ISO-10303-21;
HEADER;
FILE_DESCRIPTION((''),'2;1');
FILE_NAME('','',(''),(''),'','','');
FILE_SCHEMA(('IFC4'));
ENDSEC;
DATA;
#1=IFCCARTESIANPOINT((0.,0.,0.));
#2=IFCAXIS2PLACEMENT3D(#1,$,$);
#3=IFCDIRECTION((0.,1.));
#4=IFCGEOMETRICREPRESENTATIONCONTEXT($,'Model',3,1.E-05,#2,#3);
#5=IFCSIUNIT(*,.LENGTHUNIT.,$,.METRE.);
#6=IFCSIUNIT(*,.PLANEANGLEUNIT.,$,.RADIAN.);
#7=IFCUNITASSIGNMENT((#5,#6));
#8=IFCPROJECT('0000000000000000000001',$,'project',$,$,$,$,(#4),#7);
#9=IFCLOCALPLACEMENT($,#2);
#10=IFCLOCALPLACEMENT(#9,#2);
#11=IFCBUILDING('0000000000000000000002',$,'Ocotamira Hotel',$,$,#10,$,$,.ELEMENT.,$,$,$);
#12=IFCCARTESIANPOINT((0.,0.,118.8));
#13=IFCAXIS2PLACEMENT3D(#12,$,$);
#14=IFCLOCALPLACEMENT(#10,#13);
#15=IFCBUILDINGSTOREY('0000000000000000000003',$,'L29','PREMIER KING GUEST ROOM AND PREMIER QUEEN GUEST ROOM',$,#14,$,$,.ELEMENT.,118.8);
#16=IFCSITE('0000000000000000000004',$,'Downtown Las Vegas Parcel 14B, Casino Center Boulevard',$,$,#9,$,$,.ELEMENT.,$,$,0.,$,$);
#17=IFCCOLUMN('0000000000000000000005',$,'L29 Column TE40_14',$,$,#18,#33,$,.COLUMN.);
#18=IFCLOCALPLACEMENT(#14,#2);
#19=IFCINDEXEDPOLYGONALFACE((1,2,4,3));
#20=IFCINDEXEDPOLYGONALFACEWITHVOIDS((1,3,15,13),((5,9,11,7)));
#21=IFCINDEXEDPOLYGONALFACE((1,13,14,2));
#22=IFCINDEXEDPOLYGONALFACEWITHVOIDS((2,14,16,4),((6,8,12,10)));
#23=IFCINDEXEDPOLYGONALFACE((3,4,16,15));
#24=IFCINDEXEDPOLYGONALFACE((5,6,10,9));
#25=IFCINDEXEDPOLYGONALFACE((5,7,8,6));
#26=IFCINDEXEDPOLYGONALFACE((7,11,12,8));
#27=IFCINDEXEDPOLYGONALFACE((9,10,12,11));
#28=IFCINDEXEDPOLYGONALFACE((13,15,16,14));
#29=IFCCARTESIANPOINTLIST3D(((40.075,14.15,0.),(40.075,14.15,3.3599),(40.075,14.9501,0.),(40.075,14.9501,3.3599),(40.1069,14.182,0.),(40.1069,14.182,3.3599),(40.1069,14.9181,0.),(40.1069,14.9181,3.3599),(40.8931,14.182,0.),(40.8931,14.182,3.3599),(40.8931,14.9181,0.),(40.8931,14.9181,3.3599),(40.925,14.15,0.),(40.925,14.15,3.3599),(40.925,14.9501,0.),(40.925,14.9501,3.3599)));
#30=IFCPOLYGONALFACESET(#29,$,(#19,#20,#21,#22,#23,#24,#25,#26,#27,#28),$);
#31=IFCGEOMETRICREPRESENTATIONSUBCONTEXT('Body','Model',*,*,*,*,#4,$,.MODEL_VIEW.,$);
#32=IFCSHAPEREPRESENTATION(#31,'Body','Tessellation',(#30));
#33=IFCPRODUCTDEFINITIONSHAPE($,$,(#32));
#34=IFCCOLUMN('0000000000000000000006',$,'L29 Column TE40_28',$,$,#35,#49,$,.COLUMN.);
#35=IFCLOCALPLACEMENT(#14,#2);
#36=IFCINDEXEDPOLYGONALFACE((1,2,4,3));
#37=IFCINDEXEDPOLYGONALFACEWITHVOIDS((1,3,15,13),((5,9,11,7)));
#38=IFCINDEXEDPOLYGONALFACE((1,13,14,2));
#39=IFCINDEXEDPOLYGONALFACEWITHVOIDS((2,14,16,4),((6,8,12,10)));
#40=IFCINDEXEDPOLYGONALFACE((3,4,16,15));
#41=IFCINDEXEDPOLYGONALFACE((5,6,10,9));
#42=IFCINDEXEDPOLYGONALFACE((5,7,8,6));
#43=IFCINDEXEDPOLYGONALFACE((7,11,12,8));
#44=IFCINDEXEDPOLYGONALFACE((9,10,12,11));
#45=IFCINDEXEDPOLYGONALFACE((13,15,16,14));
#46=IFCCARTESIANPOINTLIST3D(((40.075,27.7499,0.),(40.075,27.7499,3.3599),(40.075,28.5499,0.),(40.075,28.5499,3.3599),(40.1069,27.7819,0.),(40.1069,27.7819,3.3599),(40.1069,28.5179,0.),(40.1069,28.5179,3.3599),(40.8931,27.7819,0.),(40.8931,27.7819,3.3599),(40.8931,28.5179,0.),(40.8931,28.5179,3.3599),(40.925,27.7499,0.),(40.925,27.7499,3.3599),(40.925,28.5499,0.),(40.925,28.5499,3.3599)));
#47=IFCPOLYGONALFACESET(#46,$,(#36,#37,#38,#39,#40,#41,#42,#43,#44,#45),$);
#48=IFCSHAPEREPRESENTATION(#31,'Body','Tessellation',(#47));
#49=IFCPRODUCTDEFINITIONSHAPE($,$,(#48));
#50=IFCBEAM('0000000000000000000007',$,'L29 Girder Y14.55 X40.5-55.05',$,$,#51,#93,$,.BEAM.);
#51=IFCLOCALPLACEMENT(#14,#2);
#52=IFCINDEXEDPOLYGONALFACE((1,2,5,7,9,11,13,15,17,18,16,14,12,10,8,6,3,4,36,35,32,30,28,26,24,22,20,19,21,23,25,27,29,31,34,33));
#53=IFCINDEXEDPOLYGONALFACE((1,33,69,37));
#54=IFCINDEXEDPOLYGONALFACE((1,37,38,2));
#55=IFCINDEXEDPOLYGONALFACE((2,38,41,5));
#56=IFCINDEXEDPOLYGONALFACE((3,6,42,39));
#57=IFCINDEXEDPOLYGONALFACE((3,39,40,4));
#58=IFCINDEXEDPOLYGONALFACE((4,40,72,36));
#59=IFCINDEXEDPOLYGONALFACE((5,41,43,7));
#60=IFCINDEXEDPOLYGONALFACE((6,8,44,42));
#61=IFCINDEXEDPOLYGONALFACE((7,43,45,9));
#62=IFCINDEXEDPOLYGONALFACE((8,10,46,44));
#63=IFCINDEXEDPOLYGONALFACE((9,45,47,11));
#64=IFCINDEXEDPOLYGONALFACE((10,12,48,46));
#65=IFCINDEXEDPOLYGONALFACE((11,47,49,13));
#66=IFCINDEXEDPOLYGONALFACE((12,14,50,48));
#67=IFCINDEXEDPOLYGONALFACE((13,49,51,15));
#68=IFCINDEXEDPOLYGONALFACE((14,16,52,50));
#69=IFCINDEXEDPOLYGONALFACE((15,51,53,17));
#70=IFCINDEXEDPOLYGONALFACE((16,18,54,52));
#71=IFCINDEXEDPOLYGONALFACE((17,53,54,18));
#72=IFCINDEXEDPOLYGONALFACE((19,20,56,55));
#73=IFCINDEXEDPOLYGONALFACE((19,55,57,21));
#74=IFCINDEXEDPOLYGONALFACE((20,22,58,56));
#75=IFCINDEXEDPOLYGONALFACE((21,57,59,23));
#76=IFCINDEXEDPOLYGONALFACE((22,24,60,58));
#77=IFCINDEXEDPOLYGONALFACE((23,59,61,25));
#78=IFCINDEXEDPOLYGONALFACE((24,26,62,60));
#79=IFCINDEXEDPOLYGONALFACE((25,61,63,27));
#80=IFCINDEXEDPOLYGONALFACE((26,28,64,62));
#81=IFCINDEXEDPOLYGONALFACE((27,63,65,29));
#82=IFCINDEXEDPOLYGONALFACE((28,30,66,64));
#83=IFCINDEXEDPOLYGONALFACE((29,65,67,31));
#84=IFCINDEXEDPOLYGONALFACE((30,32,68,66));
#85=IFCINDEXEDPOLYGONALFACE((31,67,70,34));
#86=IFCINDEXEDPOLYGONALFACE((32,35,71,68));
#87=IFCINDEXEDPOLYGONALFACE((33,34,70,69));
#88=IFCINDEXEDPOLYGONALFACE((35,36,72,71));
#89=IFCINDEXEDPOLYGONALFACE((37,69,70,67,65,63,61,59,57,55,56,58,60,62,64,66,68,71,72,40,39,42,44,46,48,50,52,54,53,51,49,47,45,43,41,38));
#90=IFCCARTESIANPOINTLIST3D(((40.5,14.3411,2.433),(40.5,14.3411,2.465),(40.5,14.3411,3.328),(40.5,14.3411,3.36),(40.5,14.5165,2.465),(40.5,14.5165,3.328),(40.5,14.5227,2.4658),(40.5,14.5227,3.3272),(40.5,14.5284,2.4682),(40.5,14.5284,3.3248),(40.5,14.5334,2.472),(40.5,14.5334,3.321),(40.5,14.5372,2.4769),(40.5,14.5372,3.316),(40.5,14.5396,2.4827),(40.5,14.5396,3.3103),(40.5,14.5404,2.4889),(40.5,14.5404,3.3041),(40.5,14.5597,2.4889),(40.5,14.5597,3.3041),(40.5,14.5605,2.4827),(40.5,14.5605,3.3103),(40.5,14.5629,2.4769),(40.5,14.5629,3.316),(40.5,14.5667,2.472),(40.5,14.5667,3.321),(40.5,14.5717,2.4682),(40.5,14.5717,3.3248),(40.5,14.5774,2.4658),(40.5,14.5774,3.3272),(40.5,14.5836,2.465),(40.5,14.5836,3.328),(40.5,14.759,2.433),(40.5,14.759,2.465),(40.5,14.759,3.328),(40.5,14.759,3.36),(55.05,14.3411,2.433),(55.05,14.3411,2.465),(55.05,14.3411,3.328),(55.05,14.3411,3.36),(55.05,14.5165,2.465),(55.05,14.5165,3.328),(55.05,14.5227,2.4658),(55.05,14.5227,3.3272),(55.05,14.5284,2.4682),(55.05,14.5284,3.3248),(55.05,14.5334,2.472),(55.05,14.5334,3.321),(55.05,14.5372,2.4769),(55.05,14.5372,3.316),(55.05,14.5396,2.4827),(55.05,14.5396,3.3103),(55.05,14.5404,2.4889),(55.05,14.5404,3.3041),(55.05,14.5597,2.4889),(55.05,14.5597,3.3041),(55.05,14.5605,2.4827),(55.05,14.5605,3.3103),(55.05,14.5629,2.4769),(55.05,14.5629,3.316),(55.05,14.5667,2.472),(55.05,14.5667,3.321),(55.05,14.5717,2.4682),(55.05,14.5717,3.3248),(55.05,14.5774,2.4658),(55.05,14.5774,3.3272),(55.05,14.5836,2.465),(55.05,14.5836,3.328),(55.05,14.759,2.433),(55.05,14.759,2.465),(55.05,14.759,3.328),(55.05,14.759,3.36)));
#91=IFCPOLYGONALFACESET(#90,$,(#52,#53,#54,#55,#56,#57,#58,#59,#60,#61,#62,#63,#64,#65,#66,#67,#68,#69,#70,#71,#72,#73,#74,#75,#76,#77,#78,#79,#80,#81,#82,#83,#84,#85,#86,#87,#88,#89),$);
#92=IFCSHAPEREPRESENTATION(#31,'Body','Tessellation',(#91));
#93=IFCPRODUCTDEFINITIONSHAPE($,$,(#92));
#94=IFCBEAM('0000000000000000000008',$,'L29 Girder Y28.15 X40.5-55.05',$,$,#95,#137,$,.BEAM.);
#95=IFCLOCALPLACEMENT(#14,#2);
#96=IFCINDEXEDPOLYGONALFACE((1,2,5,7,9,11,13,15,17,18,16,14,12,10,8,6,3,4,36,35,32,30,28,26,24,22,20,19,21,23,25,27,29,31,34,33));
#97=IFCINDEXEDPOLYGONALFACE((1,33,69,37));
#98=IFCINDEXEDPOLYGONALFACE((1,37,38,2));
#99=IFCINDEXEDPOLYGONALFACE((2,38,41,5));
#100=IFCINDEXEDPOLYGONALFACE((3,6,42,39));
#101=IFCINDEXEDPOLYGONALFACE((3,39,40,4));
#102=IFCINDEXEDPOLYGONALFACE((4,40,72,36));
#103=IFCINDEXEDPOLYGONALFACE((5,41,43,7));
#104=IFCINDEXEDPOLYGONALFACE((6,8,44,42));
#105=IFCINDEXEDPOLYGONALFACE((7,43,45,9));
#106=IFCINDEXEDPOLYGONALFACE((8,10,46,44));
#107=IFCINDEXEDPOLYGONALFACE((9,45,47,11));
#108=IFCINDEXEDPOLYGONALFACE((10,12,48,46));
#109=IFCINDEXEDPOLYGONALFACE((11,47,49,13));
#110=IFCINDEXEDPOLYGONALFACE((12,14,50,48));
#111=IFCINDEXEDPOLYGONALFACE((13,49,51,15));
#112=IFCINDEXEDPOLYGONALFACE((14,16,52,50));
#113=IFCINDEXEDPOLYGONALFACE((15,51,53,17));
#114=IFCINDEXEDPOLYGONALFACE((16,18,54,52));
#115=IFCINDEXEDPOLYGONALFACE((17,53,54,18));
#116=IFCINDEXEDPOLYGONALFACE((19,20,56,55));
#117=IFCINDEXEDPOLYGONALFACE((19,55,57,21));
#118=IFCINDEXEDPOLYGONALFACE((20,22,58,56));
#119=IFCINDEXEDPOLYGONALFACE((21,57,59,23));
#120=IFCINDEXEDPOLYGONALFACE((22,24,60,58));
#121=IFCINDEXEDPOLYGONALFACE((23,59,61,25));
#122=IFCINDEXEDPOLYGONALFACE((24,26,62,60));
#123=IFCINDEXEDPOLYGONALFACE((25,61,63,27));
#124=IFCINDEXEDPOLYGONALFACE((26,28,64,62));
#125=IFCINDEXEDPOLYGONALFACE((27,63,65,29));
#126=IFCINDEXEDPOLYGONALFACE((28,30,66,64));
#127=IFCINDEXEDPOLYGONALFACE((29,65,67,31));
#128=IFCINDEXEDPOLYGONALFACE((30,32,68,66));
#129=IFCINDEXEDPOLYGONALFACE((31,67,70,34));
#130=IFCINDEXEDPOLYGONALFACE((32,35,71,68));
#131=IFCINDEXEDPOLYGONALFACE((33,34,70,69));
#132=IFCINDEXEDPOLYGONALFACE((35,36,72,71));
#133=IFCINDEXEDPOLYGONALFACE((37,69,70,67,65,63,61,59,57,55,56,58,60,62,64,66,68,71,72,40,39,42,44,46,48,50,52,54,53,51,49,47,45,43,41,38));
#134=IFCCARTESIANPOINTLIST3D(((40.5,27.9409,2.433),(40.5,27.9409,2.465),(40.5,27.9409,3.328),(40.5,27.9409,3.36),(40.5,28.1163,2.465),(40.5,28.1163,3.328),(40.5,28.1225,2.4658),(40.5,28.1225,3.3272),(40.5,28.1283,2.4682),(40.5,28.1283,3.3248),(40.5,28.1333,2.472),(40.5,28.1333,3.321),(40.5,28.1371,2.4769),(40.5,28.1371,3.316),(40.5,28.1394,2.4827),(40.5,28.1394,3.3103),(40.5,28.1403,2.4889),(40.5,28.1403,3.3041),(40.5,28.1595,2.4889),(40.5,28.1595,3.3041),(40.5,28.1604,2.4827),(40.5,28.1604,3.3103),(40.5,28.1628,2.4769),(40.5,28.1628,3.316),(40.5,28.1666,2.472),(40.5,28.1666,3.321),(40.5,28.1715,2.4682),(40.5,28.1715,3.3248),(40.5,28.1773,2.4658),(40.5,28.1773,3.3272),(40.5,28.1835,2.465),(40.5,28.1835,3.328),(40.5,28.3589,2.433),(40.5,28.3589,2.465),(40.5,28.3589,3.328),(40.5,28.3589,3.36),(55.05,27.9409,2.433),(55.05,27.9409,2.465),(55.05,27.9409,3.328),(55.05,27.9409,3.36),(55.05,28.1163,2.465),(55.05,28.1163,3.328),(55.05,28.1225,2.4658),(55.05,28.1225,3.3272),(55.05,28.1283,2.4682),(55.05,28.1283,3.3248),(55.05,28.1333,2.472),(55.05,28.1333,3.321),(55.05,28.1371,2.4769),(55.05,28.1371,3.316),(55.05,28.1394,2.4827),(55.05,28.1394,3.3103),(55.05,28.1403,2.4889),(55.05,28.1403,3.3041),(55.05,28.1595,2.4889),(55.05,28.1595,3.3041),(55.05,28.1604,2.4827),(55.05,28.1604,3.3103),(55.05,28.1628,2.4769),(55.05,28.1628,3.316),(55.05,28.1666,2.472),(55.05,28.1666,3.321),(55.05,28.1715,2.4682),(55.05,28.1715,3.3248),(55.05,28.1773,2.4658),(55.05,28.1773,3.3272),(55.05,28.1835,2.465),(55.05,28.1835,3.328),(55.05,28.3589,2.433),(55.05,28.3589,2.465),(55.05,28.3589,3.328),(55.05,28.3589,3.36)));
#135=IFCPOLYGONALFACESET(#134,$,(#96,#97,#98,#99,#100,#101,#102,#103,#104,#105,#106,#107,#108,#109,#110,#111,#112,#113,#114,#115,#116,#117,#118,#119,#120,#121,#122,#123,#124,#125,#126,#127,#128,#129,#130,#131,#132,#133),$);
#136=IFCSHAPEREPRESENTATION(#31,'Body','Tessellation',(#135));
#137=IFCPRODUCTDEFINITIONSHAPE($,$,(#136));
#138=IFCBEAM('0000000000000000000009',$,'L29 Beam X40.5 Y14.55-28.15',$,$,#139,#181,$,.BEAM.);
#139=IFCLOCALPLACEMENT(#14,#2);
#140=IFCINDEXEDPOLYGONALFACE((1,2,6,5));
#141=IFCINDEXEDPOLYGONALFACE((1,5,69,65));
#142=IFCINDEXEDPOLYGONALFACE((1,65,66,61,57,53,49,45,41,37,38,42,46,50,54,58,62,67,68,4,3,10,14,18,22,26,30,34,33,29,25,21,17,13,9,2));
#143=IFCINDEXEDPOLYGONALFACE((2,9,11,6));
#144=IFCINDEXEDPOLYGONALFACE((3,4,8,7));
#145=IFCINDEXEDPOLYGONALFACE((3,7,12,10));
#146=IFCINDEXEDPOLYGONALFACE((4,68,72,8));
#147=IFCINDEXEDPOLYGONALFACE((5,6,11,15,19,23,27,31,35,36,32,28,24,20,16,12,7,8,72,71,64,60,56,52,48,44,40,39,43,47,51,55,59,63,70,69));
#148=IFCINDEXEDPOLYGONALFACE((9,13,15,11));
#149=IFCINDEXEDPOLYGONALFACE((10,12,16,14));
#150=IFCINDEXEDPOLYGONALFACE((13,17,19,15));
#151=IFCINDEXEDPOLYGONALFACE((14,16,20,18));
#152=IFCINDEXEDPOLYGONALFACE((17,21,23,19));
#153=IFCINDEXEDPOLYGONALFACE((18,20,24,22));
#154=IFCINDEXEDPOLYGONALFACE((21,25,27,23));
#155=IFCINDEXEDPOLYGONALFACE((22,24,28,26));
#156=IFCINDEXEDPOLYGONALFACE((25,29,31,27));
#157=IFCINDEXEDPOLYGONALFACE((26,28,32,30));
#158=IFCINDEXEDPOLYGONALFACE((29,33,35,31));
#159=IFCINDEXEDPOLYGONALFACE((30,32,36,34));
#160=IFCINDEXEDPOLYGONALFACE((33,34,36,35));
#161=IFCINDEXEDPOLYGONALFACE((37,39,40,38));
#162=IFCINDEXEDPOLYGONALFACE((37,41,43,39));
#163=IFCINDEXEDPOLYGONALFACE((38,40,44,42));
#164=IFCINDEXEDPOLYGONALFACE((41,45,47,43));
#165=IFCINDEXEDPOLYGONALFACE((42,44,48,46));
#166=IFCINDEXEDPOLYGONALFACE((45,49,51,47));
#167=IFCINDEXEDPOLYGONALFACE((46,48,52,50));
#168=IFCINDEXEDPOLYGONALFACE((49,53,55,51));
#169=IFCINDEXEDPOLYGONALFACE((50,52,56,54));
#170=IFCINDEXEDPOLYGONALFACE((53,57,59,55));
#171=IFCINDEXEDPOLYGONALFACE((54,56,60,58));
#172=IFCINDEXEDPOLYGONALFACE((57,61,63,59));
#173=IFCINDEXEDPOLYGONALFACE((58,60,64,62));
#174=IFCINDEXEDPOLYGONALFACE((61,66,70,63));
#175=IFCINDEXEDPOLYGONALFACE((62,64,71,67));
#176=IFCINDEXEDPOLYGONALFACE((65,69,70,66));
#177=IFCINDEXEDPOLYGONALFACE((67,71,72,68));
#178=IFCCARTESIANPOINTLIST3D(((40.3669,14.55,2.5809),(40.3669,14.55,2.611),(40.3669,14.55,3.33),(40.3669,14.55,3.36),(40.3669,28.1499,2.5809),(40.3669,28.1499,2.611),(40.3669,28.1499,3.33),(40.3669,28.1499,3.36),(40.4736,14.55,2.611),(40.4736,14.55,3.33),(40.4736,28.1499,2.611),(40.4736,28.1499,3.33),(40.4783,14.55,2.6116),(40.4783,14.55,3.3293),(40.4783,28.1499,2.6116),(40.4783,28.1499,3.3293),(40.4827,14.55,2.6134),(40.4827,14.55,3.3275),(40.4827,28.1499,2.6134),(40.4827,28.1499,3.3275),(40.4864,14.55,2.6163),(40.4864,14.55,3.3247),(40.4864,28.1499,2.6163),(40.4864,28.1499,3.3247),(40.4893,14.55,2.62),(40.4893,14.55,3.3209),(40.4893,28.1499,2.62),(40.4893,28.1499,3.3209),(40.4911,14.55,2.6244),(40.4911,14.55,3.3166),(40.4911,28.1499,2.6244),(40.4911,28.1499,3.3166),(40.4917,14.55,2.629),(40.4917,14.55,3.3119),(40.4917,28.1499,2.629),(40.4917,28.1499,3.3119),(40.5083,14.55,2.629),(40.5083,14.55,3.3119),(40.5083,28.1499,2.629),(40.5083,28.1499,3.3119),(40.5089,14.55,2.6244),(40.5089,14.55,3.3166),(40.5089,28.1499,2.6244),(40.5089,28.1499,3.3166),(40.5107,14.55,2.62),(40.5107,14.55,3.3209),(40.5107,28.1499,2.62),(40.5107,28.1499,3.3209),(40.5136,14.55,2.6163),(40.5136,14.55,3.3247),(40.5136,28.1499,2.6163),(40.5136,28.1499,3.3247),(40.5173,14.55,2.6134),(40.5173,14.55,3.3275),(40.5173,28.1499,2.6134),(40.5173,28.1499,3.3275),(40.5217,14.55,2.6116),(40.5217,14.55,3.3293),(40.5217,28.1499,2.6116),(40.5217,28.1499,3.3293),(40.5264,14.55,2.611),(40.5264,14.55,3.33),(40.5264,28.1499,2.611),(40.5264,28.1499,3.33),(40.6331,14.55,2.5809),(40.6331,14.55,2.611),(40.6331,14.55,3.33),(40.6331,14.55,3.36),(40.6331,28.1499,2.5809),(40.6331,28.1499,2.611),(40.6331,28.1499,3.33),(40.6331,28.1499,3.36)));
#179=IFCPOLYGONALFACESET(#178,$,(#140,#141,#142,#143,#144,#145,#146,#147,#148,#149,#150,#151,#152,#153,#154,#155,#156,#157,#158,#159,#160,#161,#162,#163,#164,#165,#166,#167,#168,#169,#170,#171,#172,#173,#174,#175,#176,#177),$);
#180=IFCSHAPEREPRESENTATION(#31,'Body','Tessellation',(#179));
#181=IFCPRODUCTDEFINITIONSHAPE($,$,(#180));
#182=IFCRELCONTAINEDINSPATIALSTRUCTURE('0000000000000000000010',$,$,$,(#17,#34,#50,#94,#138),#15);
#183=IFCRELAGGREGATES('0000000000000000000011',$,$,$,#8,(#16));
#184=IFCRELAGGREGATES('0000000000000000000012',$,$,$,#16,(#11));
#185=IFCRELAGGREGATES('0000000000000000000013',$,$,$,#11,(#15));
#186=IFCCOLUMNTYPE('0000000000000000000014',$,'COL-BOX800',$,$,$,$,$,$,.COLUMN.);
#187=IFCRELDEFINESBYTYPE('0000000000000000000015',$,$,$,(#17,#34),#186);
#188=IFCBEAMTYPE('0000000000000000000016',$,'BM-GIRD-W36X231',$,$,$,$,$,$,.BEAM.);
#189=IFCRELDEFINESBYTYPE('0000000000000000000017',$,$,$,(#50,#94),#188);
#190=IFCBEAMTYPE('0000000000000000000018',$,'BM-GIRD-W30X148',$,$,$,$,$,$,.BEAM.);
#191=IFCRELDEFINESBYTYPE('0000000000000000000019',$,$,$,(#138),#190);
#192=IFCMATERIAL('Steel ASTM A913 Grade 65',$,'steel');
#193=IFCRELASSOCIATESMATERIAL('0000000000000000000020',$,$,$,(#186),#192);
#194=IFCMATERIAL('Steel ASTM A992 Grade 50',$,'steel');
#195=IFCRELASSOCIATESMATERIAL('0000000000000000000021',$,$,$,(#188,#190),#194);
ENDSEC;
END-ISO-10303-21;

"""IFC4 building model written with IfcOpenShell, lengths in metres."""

from ifc_helpers import new_model, si_unit, direction, frame, origin, origin_2d, place, context, subcontext, project, spatial, hollow_rectangle, i_section, extrude, source, transform, mapped, material, material_profile, profile_set, type_object, element, save


model = new_model("IFC4")

# Units and contexts
model_context = context("Model", 3, precision=1e-05, world=origin(), true_north=direction((0.0, 1.0)))
body_context = subcontext(model_context, "Body", "Model", "MODEL_VIEW")
ifc_project = project(units=[si_unit("LENGTHUNIT", "METRE"), si_unit("PLANEANGLEUNIT", "RADIAN")], contexts=[model_context])

# Site, building, storey
site_placement = place(None, origin())
site = spatial("IfcSite", under=ifc_project, at=site_placement, Name="Downtown Las Vegas Parcel 14B, Casino Center Boulevard", CompositionType="ELEMENT", RefElevation=0.0)
building_placement = place(site_placement, origin())
building = spatial("IfcBuilding", under=site, at=building_placement, Name="Ocotamira Hotel", CompositionType="ELEMENT")
storey_placement = place(building_placement, frame((0.0, 0.0, 118.8)))
storey = spatial("IfcBuildingStorey", under=building, at=storey_placement, Name="L29", Description="PREMIER KING GUEST ROOM AND PREMIER QUEEN GUEST ROOM", CompositionType="ELEMENT", Elevation=118.8)

# Columns
ifc_material_1 = material(Name="Steel ASTM A913 Grade 65", Category="steel")
ifc_material_profile_1 = material_profile(ifc_material_1, hollow_rectangle(XDim=0.8501, YDim=0.8, WallThickness=0.032, at=origin_2d()), Name="BOX800X850X32")
ifc_profile_set_1 = profile_set([ifc_material_profile_1], Name="Steel ASTM A913 Grade 65")
column_type = type_object("IfcColumnType", Name="COL-BOX800", PredefinedType="COLUMN", material=ifc_profile_set_1)
shared_shape_1 = source(origin(), body_context, "Body", "SweptSolid", [
    extrude(hollow_rectangle(XDim=0.8501, YDim=0.8, WallThickness=0.032, at=origin_2d()), origin(), (0.0, 0.0, 1.0), 3.3599),
])
for number, where, z_axis, x_axis, name in (
    (1, (40.5, 14.55, 0.0), (0.0, 0.0, 1.0), (1.0, 0.0, 0.0), "L29 Column TE40_14"),
    (2, (40.5, 28.1499, 0.0), (0.0, 0.0, 1.0), (1.0, 0.0, 0.0), "L29 Column TE40_28"),
):
    element("IfcColumn", number, at=place(storey_placement, frame(where, z_axis=z_axis, x_axis=x_axis)), inside=storey, type_object=column_type, Name=name, PredefinedType="COLUMN", context=body_context, shape_type="MappedRepresentation", body=[
        mapped(shared_shape_1, transform((0.0, 0.0, 0.0), scale=1.0)),
    ])

# Beams
ifc_material_2 = material(Name="Steel ASTM A992 Grade 50", Category="steel")
ifc_material_profile_2 = material_profile(ifc_material_2, i_section(OverallWidth=0.418, OverallDepth=0.927, WebThickness=0.0193, FlangeThickness=0.032, FilletRadius=0.0239, at=origin_2d()), Name="W36X231")
ifc_profile_set_2 = profile_set([ifc_material_profile_2], Name="Steel ASTM A992 Grade 50")
beam_type_1 = type_object("IfcBeamType", Name="BM-GIRD-W36X231", PredefinedType="BEAM", material=ifc_profile_set_2)
shared_shape_2 = source(origin(), body_context, "Body", "SweptSolid", [
    extrude(i_section(OverallWidth=0.418, OverallDepth=0.927, WebThickness=0.0193, FlangeThickness=0.032, FilletRadius=0.0239, at=origin_2d()), origin(), (0.0, 0.0, 1.0), 14.55),
])
for number, where, z_axis, x_axis, name in (
    (3, (40.5, 14.55, 2.8965), (1.0, 0.0, 0.0), (0.0, 1.0, 0.0), "L29 Girder Y14.55 X40.5-55.05"),
    (4, (40.5, 28.1499, 2.8965), (1.0, 0.0, 0.0), (0.0, 1.0, 0.0), "L29 Girder Y28.15 X40.5-55.05"),
):
    element("IfcBeam", number, at=place(storey_placement, frame(where, z_axis=z_axis, x_axis=x_axis)), inside=storey, type_object=beam_type_1, Name=name, PredefinedType="BEAM", context=body_context, shape_type="MappedRepresentation", body=[
        mapped(shared_shape_2, transform((0.0, 0.0, 0.0), scale=1.0)),
    ])
ifc_material_profile_3 = material_profile(ifc_material_2, i_section(OverallWidth=0.2661, OverallDepth=0.7791, WebThickness=0.0166, FlangeThickness=0.03, FilletRadius=0.0181, at=origin_2d()), Name="W30X148")
ifc_profile_set_3 = profile_set([ifc_material_profile_3], Name="Steel ASTM A992 Grade 50")
beam_type_2 = type_object("IfcBeamType", Name="BM-GIRD-W30X148", PredefinedType="BEAM", material=ifc_profile_set_3)
shared_shape_3 = source(origin(), body_context, "Body", "SweptSolid", [
    extrude(i_section(OverallWidth=0.2661, OverallDepth=0.7791, WebThickness=0.0166, FlangeThickness=0.03, FilletRadius=0.0181, at=origin_2d()), origin(), (0.0, 0.0, 1.0), 13.5999),
])
beam_1_placement = place(storey_placement, frame((40.5, 14.55, 2.9705), z_axis=(0.0, 1.0, 0.0), x_axis=(-1.0, 0.0, 0.0)))
element("IfcBeam", 5, at=beam_1_placement, inside=storey, type_object=beam_type_2, Name="L29 Beam X40.5 Y14.55-28.15", PredefinedType="BEAM", context=body_context, shape_type="MappedRepresentation", body=[
    mapped(shared_shape_3, transform((0.0, 0.0, 0.0), scale=1.0)),
])

save(model, "model.ifc")
